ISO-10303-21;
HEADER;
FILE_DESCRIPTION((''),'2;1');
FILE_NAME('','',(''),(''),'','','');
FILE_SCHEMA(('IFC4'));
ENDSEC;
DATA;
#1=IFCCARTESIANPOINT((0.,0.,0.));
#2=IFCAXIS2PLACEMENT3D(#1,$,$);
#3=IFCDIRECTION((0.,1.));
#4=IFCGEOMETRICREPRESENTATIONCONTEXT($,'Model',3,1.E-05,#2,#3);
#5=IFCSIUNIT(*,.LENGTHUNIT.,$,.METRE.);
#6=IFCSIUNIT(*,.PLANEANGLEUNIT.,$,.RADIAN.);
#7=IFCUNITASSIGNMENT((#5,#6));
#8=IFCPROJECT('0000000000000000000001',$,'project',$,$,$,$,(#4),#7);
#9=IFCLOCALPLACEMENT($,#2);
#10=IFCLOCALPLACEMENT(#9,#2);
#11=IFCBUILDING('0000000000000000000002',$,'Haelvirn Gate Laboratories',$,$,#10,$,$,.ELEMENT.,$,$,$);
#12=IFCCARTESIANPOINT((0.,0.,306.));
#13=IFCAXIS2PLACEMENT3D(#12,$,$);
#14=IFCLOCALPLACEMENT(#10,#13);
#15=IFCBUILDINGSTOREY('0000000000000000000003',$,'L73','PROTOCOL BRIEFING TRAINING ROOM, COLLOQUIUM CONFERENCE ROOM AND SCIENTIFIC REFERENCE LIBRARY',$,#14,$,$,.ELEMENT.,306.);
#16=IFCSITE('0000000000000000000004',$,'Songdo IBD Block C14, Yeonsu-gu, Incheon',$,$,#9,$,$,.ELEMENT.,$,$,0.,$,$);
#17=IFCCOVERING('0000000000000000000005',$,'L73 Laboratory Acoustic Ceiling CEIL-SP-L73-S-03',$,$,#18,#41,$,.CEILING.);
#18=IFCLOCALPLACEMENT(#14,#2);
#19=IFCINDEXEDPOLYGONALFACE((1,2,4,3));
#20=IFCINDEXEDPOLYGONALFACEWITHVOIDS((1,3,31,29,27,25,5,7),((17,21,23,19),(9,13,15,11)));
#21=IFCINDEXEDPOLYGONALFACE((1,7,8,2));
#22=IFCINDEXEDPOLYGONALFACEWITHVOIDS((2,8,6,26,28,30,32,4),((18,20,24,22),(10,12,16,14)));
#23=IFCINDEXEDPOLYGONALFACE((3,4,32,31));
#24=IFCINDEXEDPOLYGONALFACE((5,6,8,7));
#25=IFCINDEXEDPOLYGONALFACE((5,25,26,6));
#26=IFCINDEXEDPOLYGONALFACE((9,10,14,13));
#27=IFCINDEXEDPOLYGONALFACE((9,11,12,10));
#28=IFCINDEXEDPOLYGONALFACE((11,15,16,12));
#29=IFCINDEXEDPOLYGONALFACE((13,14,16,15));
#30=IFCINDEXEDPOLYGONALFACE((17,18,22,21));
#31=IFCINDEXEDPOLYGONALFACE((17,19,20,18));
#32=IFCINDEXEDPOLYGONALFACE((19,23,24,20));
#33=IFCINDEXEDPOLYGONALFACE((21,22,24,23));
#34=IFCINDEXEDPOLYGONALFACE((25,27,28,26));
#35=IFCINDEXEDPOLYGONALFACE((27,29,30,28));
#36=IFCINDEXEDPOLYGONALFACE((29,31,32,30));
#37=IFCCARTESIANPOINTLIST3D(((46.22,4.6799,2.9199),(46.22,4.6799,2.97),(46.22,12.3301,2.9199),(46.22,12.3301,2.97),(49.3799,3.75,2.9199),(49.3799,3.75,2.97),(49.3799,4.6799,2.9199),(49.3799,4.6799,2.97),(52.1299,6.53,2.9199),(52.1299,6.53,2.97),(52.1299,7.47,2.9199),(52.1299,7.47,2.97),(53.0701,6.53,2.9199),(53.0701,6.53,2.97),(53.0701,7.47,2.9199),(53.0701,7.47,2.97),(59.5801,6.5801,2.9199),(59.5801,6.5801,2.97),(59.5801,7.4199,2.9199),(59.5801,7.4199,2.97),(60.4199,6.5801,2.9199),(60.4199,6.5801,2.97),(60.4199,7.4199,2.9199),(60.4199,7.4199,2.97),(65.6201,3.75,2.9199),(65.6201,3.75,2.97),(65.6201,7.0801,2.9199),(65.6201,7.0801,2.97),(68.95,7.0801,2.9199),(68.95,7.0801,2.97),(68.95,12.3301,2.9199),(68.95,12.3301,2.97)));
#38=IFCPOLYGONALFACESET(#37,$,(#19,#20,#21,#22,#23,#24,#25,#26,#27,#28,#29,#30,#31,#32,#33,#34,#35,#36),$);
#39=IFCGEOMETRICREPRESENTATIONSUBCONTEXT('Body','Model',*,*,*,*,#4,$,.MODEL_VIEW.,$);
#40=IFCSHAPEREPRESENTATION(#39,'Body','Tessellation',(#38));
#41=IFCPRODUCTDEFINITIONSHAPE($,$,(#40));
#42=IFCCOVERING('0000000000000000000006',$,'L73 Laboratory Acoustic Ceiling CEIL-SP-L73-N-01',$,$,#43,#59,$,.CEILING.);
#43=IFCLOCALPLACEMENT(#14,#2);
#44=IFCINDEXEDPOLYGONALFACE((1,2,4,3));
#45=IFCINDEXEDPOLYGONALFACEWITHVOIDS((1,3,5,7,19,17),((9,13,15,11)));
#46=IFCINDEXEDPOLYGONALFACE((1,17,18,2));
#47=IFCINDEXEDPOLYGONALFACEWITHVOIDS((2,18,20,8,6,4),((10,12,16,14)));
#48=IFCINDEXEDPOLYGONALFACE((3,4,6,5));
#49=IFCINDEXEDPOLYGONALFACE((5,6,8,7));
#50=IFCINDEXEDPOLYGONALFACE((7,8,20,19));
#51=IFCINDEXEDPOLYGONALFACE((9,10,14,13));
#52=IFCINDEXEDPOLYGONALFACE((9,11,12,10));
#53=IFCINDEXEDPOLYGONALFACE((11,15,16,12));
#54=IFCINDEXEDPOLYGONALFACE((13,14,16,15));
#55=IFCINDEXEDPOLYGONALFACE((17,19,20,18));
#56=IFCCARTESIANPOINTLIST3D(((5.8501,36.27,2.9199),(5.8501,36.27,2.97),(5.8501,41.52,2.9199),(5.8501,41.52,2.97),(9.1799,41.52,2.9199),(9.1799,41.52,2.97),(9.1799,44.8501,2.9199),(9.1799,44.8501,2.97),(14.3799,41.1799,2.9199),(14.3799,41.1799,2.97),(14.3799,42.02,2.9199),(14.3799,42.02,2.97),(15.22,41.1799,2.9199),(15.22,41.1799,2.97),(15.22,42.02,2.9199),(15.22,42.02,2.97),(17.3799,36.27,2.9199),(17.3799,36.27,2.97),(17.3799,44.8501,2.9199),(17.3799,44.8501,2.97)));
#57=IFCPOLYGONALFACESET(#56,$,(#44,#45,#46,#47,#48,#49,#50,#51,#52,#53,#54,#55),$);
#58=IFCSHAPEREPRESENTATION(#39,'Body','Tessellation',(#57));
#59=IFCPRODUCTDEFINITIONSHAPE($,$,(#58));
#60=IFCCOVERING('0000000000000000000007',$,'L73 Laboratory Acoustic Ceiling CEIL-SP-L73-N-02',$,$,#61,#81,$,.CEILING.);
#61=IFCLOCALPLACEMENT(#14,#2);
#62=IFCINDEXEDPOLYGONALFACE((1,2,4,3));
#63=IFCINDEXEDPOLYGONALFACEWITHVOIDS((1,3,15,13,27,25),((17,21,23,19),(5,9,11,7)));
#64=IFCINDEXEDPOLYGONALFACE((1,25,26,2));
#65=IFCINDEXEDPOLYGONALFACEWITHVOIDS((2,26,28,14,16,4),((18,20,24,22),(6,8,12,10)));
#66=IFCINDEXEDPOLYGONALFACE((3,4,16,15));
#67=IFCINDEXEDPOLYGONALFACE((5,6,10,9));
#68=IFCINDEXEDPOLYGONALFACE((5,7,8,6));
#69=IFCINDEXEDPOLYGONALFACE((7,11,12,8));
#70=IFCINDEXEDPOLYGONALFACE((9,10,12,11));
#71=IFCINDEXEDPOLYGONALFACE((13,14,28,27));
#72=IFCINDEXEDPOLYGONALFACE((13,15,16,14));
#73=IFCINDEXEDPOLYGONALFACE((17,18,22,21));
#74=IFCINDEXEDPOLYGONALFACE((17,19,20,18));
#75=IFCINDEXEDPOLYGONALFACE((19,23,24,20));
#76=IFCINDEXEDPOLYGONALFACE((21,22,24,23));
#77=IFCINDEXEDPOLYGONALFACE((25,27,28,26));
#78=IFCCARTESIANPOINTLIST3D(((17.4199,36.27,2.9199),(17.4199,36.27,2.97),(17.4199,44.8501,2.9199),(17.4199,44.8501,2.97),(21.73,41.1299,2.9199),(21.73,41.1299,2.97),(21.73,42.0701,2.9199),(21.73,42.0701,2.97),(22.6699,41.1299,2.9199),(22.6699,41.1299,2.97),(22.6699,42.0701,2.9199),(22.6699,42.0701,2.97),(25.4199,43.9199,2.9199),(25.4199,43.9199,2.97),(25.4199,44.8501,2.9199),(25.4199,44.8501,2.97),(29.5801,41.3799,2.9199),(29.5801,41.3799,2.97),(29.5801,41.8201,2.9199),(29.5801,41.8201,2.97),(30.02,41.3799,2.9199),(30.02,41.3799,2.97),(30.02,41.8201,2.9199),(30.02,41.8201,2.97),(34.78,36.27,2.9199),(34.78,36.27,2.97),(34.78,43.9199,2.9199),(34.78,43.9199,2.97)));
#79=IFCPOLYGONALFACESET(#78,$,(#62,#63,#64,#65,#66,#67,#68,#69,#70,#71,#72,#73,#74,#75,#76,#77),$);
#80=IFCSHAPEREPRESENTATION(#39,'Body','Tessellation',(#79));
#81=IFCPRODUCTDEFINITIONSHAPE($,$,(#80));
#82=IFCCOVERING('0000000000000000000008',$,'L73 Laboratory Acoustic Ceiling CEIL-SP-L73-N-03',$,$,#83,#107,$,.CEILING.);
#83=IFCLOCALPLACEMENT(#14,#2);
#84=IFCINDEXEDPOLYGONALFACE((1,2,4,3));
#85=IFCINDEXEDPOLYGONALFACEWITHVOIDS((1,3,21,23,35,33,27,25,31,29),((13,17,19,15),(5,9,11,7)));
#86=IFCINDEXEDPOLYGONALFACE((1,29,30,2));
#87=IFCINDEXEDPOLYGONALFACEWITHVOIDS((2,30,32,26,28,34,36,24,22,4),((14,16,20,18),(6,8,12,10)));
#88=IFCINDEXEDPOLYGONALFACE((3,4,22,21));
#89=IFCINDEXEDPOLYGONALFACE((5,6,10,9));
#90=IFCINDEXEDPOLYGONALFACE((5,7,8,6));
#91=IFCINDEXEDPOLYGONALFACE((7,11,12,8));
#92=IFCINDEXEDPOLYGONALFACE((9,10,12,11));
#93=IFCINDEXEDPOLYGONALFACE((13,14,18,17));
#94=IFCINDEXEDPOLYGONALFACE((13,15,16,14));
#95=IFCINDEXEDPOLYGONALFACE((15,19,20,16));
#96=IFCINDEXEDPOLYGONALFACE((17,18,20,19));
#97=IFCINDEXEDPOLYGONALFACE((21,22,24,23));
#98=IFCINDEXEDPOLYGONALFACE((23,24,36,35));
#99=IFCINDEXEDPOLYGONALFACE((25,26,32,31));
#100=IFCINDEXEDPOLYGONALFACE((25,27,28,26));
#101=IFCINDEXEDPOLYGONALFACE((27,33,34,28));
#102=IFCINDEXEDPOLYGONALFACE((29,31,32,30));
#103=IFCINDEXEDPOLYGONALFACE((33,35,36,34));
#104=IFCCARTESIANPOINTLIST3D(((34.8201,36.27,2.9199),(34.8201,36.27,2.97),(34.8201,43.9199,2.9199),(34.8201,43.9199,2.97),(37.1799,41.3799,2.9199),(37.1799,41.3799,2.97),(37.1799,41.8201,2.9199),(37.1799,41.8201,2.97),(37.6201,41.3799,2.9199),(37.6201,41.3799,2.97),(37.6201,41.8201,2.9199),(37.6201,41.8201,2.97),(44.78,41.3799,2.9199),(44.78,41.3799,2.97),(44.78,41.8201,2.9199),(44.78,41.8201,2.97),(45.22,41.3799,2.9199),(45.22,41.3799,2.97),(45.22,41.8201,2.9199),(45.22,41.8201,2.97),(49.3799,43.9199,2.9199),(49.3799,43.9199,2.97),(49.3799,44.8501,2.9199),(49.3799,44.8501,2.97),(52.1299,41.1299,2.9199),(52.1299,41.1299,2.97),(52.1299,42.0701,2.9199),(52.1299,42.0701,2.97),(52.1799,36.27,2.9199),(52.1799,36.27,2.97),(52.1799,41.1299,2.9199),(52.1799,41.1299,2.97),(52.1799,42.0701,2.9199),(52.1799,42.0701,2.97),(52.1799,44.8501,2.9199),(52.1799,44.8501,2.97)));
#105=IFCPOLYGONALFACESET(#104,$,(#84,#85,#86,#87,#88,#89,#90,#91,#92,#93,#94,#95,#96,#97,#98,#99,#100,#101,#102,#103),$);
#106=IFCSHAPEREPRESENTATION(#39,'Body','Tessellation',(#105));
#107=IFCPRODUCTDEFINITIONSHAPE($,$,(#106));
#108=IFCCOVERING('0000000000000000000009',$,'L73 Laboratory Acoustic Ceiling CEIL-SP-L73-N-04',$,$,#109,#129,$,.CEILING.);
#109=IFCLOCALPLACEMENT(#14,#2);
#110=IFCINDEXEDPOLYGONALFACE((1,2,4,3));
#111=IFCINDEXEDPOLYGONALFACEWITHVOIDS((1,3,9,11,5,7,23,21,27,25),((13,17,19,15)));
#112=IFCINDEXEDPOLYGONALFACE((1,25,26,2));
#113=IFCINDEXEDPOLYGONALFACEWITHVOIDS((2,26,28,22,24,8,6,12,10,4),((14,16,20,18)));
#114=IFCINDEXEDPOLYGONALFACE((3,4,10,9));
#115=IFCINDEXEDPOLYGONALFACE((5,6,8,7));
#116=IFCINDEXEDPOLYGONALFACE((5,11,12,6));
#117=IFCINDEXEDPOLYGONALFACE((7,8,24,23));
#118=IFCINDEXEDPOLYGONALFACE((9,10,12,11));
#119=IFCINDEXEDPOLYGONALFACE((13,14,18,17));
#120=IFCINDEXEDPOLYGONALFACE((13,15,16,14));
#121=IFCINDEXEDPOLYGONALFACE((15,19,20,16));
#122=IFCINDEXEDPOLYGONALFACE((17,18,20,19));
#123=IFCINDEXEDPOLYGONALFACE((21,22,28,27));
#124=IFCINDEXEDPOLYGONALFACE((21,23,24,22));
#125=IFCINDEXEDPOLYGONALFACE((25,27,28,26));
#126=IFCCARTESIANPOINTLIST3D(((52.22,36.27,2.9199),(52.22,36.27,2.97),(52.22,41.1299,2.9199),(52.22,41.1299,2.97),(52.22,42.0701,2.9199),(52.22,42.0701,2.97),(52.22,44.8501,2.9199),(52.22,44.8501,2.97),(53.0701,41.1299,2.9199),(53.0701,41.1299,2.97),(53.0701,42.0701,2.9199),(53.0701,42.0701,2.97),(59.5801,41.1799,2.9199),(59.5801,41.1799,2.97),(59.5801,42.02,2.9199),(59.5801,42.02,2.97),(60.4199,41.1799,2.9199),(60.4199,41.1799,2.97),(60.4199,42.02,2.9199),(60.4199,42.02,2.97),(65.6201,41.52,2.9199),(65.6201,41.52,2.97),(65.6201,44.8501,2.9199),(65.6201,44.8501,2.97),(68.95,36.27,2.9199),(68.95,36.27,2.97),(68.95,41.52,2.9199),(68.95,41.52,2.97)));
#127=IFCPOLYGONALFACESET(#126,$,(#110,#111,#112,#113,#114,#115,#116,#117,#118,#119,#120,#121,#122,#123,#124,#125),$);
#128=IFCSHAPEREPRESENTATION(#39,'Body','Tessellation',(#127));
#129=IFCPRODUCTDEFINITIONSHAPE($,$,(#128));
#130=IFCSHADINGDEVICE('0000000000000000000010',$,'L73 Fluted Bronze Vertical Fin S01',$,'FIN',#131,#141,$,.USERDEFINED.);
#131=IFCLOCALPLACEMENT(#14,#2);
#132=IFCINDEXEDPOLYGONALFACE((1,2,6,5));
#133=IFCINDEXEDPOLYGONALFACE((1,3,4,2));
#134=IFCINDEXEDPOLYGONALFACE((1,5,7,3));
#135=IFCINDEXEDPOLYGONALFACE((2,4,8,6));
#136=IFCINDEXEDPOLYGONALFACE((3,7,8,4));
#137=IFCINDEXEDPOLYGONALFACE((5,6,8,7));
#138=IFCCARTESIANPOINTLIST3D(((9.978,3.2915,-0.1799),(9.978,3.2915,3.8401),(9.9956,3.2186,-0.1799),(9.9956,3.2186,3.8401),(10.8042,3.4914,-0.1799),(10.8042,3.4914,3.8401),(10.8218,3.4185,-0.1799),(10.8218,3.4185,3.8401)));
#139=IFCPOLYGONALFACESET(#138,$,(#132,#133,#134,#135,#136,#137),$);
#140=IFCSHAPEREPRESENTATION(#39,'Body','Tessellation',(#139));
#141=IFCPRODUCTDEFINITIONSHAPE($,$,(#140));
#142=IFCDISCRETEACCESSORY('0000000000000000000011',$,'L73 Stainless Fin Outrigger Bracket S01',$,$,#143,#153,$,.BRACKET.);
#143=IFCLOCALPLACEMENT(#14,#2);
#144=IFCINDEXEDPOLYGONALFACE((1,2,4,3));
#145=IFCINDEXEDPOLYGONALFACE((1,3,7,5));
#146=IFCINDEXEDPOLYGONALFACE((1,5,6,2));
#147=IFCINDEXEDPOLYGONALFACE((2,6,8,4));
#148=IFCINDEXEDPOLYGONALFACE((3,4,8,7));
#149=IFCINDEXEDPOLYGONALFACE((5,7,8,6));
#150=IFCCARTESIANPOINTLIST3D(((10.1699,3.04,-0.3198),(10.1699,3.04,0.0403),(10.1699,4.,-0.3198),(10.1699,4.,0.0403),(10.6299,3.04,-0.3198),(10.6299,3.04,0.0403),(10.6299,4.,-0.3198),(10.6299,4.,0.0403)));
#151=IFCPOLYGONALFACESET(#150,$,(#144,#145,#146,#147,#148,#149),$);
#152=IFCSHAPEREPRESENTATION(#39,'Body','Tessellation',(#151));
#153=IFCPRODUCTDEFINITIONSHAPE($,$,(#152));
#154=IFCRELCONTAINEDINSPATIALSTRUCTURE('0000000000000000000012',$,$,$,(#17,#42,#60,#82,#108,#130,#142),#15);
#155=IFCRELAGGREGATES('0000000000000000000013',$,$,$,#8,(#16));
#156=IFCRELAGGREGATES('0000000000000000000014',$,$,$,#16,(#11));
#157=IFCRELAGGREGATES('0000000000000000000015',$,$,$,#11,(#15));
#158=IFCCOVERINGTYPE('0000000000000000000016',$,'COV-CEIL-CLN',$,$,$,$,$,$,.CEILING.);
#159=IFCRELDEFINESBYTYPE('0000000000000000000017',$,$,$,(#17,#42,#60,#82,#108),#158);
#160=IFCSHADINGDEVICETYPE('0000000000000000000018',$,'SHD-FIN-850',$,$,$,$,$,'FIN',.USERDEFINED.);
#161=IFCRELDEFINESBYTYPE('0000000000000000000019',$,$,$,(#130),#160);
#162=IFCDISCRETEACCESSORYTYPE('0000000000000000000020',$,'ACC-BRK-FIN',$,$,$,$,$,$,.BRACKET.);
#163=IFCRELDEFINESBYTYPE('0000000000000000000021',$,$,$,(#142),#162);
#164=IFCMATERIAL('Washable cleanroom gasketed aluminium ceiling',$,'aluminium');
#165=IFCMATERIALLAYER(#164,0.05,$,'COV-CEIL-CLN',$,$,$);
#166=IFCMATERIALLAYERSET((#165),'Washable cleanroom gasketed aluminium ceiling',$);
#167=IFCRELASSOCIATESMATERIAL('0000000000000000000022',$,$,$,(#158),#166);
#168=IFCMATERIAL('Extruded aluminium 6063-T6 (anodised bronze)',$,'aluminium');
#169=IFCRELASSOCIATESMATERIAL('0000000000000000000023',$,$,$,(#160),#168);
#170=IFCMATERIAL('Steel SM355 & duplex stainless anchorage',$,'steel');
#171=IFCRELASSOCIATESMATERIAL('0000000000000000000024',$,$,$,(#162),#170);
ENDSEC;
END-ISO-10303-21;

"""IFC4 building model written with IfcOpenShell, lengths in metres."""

from ifc_helpers import new_model, si_unit, direction, frame, origin, origin_2d, place, context, subcontext, project, spatial, polyline, rectangle, outline, extrude, source, transform, mapped, material, layer, layer_set, material_profile, profile_set, type_object, type_shapes, element, save


model = new_model("IFC4")

# Units and contexts
model_context = context("Model", 3, precision=1e-05, world=origin(), true_north=direction((0.0, 1.0)))
body_context = subcontext(model_context, "Body", "Model", "MODEL_VIEW")
ifc_project = project(units=[si_unit("LENGTHUNIT", "METRE"), si_unit("PLANEANGLEUNIT", "RADIAN")], contexts=[model_context])

# Site, building, storey
site_placement = place(None, origin())
site = spatial("IfcSite", under=ifc_project, at=site_placement, Name="Songdo IBD Block C14, Yeonsu-gu, Incheon", CompositionType="ELEMENT", RefElevation=0.0)
building_placement = place(site_placement, origin())
building = spatial("IfcBuilding", under=site, at=building_placement, Name="Haelvirn Gate Laboratories", CompositionType="ELEMENT")
storey_placement = place(building_placement, frame((0.0, 0.0, 306.0)))
storey = spatial("IfcBuildingStorey", under=building, at=storey_placement, Name="L73", Description="PROTOCOL BRIEFING TRAINING ROOM, COLLOQUIUM CONFERENCE ROOM AND SCIENTIFIC REFERENCE LIBRARY", CompositionType="ELEMENT", Elevation=306.0)

# Shared definitions
ifc_material_1 = material(Name="Extruded aluminium 6063-T6 (anodised bronze)", Category="aluminium")

# Coverings
ifc_material_2 = material(Name="Washable cleanroom gasketed aluminium ceiling", Category="aluminium")
ifc_layer_1 = layer(ifc_material_2, 0.05, Name="COV-CEIL-CLN")
ifc_layer_set_1 = layer_set([ifc_layer_1], Name="Washable cleanroom gasketed aluminium ceiling")
covering_type = type_object("IfcCoveringType", Name="COV-CEIL-CLN", PredefinedType="CEILING", material=ifc_layer_set_1)
covering_1_placement = place(storey_placement, frame((0.0, 0.0, 2.9199)))
element("IfcCovering", 1, at=covering_1_placement, inside=storey, type_object=covering_type, Name="L73 Laboratory Acoustic Ceiling CEIL-SP-L73-S-03", PredefinedType="CEILING", context=body_context, shape_type="SweptSolid", body=[
    extrude(outline(polyline([(46.22, 12.3301), (68.95, 12.3301), (68.95, 7.0801), (65.6201, 7.0801), (65.6201, 3.75), (49.3799, 3.75), (49.3799, 4.6799), (46.22, 4.6799), (46.22, 12.3301)]), holes=[polyline([(52.1299, 7.47), (52.1299, 6.53), (53.0701, 6.53), (53.0701, 7.47), (52.1299, 7.47)]), polyline([(60.4199, 7.4199), (59.5801, 7.4199), (59.5801, 6.5801), (60.4199, 6.5801), (60.4199, 7.4199)])]), origin(), (0.0, 0.0, 1.0), 0.05),
])
covering_2_placement = place(storey_placement, frame((0.0, 0.0, 2.9199)))
element("IfcCovering", 2, at=covering_2_placement, inside=storey, type_object=covering_type, Name="L73 Laboratory Acoustic Ceiling CEIL-SP-L73-N-01", PredefinedType="CEILING", context=body_context, shape_type="SweptSolid", body=[
    extrude(outline(polyline([(5.8501, 41.52), (9.1799, 41.52), (9.1799, 44.8501), (17.3799, 44.8501), (17.3799, 36.27), (5.8501, 36.27), (5.8501, 41.52)]), holes=[polyline([(15.22, 42.02), (14.3799, 42.02), (14.3799, 41.1799), (15.22, 41.1799), (15.22, 42.02)])]), origin(), (0.0, 0.0, 1.0), 0.05),
])
covering_3_placement = place(storey_placement, frame((0.0, 0.0, 2.9199)))
element("IfcCovering", 3, at=covering_3_placement, inside=storey, type_object=covering_type, Name="L73 Laboratory Acoustic Ceiling CEIL-SP-L73-N-02", PredefinedType="CEILING", context=body_context, shape_type="SweptSolid", body=[
    extrude(outline(polyline([(34.78, 36.27), (17.4199, 36.27), (17.4199, 44.8501), (25.4199, 44.8501), (25.4199, 43.9199), (34.78, 43.9199), (34.78, 36.27)]), holes=[polyline([(21.73, 42.0701), (21.73, 41.1299), (22.6699, 41.1299), (22.6699, 42.0701), (21.73, 42.0701)]), polyline([(30.02, 41.8201), (29.5801, 41.8201), (29.5801, 41.3799), (30.02, 41.3799), (30.02, 41.8201)])]), origin(), (0.0, 0.0, 1.0), 0.05),
])
covering_4_placement = place(storey_placement, frame((0.0, 0.0, 2.9199)))
element("IfcCovering", 4, at=covering_4_placement, inside=storey, type_object=covering_type, Name="L73 Laboratory Acoustic Ceiling CEIL-SP-L73-N-03", PredefinedType="CEILING", context=body_context, shape_type="SweptSolid", body=[
    extrude(outline(polyline([(52.1799, 44.8501), (52.1799, 42.0701), (52.1299, 42.0701), (52.1299, 41.1299), (52.1799, 41.1299), (52.1799, 36.27), (34.8201, 36.27), (34.8201, 43.9199), (49.3799, 43.9199), (49.3799, 44.8501), (52.1799, 44.8501)]), holes=[polyline([(37.1799, 41.8201), (37.1799, 41.3799), (37.6201, 41.3799), (37.6201, 41.8201), (37.1799, 41.8201)]), polyline([(45.22, 41.8201), (44.78, 41.8201), (44.78, 41.3799), (45.22, 41.3799), (45.22, 41.8201)])]), origin(), (0.0, 0.0, 1.0), 0.05),
])
covering_5_placement = place(storey_placement, frame((0.0, 0.0, 2.9199)))
element("IfcCovering", 5, at=covering_5_placement, inside=storey, type_object=covering_type, Name="L73 Laboratory Acoustic Ceiling CEIL-SP-L73-N-04", PredefinedType="CEILING", context=body_context, shape_type="SweptSolid", body=[
    extrude(outline(polyline([(65.6201, 44.8501), (65.6201, 41.52), (68.95, 41.52), (68.95, 36.27), (52.22, 36.27), (52.22, 41.1299), (53.0701, 41.1299), (53.0701, 42.0701), (52.22, 42.0701), (52.22, 44.8501), (65.6201, 44.8501)]), holes=[polyline([(60.4199, 42.02), (59.5801, 42.02), (59.5801, 41.1799), (60.4199, 41.1799), (60.4199, 42.02)])]), origin(), (0.0, 0.0, 1.0), 0.05),
])

# Shading device
ifc_material_profile_1 = material_profile(ifc_material_1, rectangle(XDim=0.075, YDim=0.8501, at=origin_2d()), Name="FIN-850x75")
ifc_profile_set_1 = profile_set([ifc_material_profile_1], Name="Extruded aluminium 6063-T6 (anodised bronze)")
shading_device_type = type_object("IfcShadingDeviceType", Name="SHD-FIN-850", ElementType="FIN", PredefinedType="USERDEFINED", material=ifc_profile_set_1)
shared_shape_1 = source(origin(), body_context, "Body", "SweptSolid", [
    extrude(rectangle(XDim=0.075, YDim=0.8501, at=origin_2d()), origin(), (0.0, 0.0, 1.0), 4.02),
])
type_shapes(shading_device_type, [shared_shape_1])
shading_device_placement = place(storey_placement, frame((10.3999, 3.355, -0.1799), z_axis=(0.0, 0.0, 1.0), x_axis=(-0.235142, 0.971961, 0.0)))
element("IfcShadingDevice", 6, at=shading_device_placement, inside=storey, type_object=shading_device_type, Name="L73 Fluted Bronze Vertical Fin S01", ObjectType="FIN", PredefinedType="USERDEFINED", context=body_context, shape_type="MappedRepresentation", body=[
    mapped(shared_shape_1, transform((0.0, 0.0, 0.0), scale=1.0)),
])

# Discrete accessory
ifc_material_3 = material(Name="Steel SM355 & duplex stainless anchorage", Category="steel")
discrete_accessory_type = type_object("IfcDiscreteAccessoryType", Name="ACC-BRK-FIN", PredefinedType="BRACKET", material=ifc_material_3)
shared_shape_2 = source(origin(), body_context, "Body", "SweptSolid", [
    extrude(rectangle(XDim=0.46, YDim=0.96, at=origin_2d()), origin(), (0.0, 0.0, 1.0), 0.3601),
])
type_shapes(discrete_accessory_type, [shared_shape_2])
discrete_accessory_placement = place(storey_placement, frame((10.3999, 3.52, -0.3198), z_axis=(0.0, 0.0, 1.0), x_axis=(1.0, 0.0, 0.0)))
element("IfcDiscreteAccessory", 7, at=discrete_accessory_placement, inside=storey, type_object=discrete_accessory_type, Name="L73 Stainless Fin Outrigger Bracket S01", PredefinedType="BRACKET", context=body_context, shape_type="MappedRepresentation", body=[
    mapped(shared_shape_2, transform((0.0, 0.0, 0.0), scale=1.0)),
])

save(model, "model.ifc")
